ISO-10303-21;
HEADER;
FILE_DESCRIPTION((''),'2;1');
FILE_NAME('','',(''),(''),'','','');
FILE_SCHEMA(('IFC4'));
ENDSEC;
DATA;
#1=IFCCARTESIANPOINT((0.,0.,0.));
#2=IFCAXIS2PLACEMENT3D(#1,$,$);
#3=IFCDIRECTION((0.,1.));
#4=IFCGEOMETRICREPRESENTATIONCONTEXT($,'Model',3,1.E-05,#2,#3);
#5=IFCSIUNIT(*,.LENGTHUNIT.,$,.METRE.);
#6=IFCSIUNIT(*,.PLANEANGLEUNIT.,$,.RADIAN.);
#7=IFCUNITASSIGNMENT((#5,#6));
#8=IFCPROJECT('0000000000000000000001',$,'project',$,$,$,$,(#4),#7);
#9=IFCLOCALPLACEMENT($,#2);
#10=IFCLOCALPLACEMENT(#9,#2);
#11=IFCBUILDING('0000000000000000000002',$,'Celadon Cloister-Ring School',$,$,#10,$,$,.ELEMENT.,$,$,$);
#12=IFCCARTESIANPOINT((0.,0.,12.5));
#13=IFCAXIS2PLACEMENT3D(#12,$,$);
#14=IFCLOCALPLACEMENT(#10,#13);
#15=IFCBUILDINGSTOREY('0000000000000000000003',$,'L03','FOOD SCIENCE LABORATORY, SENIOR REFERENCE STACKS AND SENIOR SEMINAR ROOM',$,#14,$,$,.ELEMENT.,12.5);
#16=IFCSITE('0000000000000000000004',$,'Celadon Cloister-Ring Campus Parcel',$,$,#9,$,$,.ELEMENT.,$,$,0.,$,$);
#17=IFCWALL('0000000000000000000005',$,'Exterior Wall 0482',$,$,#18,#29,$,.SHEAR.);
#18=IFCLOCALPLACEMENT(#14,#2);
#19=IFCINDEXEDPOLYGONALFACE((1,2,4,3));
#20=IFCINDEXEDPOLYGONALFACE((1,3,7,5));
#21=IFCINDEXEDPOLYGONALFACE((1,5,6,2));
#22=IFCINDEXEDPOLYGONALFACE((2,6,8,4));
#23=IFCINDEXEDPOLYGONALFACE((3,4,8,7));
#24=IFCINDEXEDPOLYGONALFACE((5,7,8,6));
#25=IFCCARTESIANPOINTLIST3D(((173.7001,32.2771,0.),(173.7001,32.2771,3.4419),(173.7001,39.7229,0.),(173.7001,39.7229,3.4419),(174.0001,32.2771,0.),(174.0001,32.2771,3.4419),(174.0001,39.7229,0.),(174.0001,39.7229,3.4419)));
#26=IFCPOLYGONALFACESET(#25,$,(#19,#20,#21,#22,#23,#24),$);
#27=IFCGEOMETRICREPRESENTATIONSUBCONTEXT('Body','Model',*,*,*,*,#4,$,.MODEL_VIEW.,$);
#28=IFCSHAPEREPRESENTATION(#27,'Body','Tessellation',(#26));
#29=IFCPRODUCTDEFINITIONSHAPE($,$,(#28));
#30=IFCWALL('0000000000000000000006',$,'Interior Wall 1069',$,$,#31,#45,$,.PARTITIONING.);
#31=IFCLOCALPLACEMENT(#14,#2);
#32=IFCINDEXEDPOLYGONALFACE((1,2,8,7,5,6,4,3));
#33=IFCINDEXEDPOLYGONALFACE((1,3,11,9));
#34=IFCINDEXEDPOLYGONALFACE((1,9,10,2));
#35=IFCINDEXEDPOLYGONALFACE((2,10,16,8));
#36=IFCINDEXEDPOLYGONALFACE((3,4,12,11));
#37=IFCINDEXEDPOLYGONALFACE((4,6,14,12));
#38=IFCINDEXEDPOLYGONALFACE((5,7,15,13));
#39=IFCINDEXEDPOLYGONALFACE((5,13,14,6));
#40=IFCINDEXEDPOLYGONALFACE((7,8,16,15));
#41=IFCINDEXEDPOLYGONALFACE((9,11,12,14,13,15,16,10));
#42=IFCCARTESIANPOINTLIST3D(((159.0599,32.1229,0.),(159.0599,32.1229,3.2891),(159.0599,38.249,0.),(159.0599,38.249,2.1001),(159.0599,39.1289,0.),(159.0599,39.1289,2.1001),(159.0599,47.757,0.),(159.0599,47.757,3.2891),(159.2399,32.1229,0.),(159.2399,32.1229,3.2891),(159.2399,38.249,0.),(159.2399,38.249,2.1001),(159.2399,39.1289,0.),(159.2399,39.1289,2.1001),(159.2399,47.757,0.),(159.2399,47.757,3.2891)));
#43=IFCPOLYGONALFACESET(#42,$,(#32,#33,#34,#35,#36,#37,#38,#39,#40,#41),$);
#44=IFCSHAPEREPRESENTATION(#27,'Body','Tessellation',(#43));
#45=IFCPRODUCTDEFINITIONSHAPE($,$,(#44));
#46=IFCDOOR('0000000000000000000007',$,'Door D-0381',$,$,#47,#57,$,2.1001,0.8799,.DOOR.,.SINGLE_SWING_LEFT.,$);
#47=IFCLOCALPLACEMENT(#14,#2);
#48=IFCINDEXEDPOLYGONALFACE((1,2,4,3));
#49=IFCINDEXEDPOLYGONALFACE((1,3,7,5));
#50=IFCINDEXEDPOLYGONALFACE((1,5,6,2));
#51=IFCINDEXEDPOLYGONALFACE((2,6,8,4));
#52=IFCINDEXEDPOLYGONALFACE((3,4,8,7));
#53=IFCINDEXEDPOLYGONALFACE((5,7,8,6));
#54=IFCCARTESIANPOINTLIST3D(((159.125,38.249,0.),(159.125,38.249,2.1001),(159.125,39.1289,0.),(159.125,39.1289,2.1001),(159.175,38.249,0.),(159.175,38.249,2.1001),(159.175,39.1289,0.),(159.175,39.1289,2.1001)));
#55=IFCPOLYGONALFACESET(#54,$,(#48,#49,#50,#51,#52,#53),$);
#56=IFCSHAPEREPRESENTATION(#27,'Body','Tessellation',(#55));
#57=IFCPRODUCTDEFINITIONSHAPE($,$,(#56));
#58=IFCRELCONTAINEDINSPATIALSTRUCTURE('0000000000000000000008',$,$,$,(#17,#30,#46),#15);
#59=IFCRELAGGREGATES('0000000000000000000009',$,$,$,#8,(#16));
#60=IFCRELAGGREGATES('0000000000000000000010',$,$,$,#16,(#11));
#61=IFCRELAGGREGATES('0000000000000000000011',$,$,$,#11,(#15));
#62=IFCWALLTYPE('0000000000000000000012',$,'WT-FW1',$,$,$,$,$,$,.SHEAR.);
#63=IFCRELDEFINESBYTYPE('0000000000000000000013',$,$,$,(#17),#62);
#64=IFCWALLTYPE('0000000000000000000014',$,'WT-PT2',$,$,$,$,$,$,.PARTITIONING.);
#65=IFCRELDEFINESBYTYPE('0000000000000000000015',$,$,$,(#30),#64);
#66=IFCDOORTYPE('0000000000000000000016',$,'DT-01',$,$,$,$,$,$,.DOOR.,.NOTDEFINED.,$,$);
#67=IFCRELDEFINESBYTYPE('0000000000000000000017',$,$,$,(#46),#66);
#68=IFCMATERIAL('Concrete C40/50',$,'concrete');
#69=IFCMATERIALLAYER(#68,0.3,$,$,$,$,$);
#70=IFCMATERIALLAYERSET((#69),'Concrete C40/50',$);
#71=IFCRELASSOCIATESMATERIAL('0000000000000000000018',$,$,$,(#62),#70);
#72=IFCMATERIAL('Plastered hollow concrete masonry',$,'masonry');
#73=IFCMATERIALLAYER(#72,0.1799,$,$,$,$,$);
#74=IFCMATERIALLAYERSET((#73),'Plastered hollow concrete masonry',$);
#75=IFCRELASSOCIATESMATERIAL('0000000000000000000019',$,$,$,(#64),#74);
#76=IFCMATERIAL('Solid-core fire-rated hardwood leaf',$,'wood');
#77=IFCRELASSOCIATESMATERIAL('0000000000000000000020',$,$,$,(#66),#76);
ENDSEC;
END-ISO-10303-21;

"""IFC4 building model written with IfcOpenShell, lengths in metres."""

from ifc_helpers import new_model, si_unit, direction, frame, frame_2d, origin, place, context, subcontext, project, spatial, rectangle, extrude, material, layer, layer_set, type_object, element, fill, save


model = new_model("IFC4")

# Units and contexts
model_context = context("Model", 3, precision=1e-05, world=origin(), true_north=direction((0.0, 1.0)))
body_context = subcontext(model_context, "Body", "Model", "MODEL_VIEW")
ifc_project = project(units=[si_unit("LENGTHUNIT", "METRE"), si_unit("PLANEANGLEUNIT", "RADIAN")], contexts=[model_context])

# Site, building, storey
site_placement = place(None, origin())
site = spatial("IfcSite", under=ifc_project, at=site_placement, Name="Celadon Cloister-Ring Campus Parcel", CompositionType="ELEMENT", RefElevation=0.0)
building_placement = place(site_placement, origin())
building = spatial("IfcBuilding", under=site, at=building_placement, Name="Celadon Cloister-Ring School", CompositionType="ELEMENT")
storey_placement = place(building_placement, frame((0.0, 0.0, 12.5)))
storey = spatial("IfcBuildingStorey", under=building, at=storey_placement, Name="L03", Description="FOOD SCIENCE LABORATORY, SENIOR REFERENCE STACKS AND SENIOR SEMINAR ROOM", CompositionType="ELEMENT", Elevation=12.5)

# Wall
ifc_material_1 = material(Name="Concrete C40/50", Category="concrete")
ifc_layer_1 = layer(ifc_material_1, 0.3)
ifc_layer_set_1 = layer_set([ifc_layer_1], Name="Concrete C40/50")
wall_type_1 = type_object("IfcWallType", Name="WT-FW1", PredefinedType="SHEAR", material=ifc_layer_set_1)
wall_1_placement = place(storey_placement, frame((173.8501, 39.7229, 0.0), z_axis=(0.0, 0.0, 1.0), x_axis=(0.0, -1.0, 0.0)))
element("IfcWall", 1, at=wall_1_placement, inside=storey, type_object=wall_type_1, Name="Exterior Wall 0482", PredefinedType="SHEAR", context=body_context, shape_type="SweptSolid", body=[
    extrude(rectangle(XDim=7.4458, YDim=0.3, at=frame_2d((3.7229, 0.0))), origin(), (0.0, 0.0, 1.0), 3.4419),
])

# Wall, opening, door
ifc_material_2 = material(Name="Plastered hollow concrete masonry", Category="masonry")
ifc_layer_2 = layer(ifc_material_2, 0.1799)
ifc_layer_set_2 = layer_set([ifc_layer_2], Name="Plastered hollow concrete masonry")
wall_type_2 = type_object("IfcWallType", Name="WT-PT2", PredefinedType="PARTITIONING", material=ifc_layer_set_2)
wall_2_placement = place(storey_placement, frame((159.1499, 32.123, 0.0), z_axis=(0.0, 0.0, 1.0), x_axis=(0.0, 1.0, 0.0)))
wall_2 = element("IfcWall", 2, at=wall_2_placement, inside=storey, type_object=wall_type_2, Name="Interior Wall 1069", PredefinedType="PARTITIONING", context=body_context, shape_type="SweptSolid", body=[
    extrude(rectangle(XDim=15.634, YDim=0.1799, at=frame_2d((7.8169, 0.0))), origin(), (0.0, 0.0, 1.0), 3.2891),
])
opening_1_placement = place(wall_2_placement, frame((6.126, 0.0, 0.0)))
opening_1 = element("IfcOpeningElement", 3, at=opening_1_placement, cuts=wall_2, PredefinedType="OPENING", context=body_context, shape_type="SweptSolid", body=[
    extrude(rectangle(XDim=0.8799, YDim=2.1001, at=frame_2d((0.4399, 1.05))), frame((0.0, 0.1001, 0.0), z_axis=(0.0, -1.0, 0.0), x_axis=(1.0, 0.0, 0.0)), (0.0, 0.0, 1.0), 0.2),
])
ifc_material_3 = material(Name="Solid-core fire-rated hardwood leaf", Category="wood")
door_type_1 = type_object("IfcDoorType", Name="DT-01", OperationType="NOTDEFINED", PredefinedType="DOOR", material=ifc_material_3)
door_1_placement = place(opening_1_placement, origin())
door_1 = element("IfcDoor", 4, at=door_1_placement, inside=storey, type_object=door_type_1, Name="Door D-0381", OperationType="SINGLE_SWING_LEFT", OverallHeight=2.1001, OverallWidth=0.8799, PredefinedType="DOOR", context=body_context, shape_type="SweptSolid", body=[
    extrude(rectangle(XDim=0.8799, YDim=2.1001, at=frame_2d((0.4399, 1.05))), frame((0.0, 0.0249, 0.0), z_axis=(0.0, -1.0, 0.0), x_axis=(1.0, 0.0, 0.0)), (0.0, 0.0, 1.0), 0.05),
])
fill(opening_1, door_1)

save(model, "model.ifc")
